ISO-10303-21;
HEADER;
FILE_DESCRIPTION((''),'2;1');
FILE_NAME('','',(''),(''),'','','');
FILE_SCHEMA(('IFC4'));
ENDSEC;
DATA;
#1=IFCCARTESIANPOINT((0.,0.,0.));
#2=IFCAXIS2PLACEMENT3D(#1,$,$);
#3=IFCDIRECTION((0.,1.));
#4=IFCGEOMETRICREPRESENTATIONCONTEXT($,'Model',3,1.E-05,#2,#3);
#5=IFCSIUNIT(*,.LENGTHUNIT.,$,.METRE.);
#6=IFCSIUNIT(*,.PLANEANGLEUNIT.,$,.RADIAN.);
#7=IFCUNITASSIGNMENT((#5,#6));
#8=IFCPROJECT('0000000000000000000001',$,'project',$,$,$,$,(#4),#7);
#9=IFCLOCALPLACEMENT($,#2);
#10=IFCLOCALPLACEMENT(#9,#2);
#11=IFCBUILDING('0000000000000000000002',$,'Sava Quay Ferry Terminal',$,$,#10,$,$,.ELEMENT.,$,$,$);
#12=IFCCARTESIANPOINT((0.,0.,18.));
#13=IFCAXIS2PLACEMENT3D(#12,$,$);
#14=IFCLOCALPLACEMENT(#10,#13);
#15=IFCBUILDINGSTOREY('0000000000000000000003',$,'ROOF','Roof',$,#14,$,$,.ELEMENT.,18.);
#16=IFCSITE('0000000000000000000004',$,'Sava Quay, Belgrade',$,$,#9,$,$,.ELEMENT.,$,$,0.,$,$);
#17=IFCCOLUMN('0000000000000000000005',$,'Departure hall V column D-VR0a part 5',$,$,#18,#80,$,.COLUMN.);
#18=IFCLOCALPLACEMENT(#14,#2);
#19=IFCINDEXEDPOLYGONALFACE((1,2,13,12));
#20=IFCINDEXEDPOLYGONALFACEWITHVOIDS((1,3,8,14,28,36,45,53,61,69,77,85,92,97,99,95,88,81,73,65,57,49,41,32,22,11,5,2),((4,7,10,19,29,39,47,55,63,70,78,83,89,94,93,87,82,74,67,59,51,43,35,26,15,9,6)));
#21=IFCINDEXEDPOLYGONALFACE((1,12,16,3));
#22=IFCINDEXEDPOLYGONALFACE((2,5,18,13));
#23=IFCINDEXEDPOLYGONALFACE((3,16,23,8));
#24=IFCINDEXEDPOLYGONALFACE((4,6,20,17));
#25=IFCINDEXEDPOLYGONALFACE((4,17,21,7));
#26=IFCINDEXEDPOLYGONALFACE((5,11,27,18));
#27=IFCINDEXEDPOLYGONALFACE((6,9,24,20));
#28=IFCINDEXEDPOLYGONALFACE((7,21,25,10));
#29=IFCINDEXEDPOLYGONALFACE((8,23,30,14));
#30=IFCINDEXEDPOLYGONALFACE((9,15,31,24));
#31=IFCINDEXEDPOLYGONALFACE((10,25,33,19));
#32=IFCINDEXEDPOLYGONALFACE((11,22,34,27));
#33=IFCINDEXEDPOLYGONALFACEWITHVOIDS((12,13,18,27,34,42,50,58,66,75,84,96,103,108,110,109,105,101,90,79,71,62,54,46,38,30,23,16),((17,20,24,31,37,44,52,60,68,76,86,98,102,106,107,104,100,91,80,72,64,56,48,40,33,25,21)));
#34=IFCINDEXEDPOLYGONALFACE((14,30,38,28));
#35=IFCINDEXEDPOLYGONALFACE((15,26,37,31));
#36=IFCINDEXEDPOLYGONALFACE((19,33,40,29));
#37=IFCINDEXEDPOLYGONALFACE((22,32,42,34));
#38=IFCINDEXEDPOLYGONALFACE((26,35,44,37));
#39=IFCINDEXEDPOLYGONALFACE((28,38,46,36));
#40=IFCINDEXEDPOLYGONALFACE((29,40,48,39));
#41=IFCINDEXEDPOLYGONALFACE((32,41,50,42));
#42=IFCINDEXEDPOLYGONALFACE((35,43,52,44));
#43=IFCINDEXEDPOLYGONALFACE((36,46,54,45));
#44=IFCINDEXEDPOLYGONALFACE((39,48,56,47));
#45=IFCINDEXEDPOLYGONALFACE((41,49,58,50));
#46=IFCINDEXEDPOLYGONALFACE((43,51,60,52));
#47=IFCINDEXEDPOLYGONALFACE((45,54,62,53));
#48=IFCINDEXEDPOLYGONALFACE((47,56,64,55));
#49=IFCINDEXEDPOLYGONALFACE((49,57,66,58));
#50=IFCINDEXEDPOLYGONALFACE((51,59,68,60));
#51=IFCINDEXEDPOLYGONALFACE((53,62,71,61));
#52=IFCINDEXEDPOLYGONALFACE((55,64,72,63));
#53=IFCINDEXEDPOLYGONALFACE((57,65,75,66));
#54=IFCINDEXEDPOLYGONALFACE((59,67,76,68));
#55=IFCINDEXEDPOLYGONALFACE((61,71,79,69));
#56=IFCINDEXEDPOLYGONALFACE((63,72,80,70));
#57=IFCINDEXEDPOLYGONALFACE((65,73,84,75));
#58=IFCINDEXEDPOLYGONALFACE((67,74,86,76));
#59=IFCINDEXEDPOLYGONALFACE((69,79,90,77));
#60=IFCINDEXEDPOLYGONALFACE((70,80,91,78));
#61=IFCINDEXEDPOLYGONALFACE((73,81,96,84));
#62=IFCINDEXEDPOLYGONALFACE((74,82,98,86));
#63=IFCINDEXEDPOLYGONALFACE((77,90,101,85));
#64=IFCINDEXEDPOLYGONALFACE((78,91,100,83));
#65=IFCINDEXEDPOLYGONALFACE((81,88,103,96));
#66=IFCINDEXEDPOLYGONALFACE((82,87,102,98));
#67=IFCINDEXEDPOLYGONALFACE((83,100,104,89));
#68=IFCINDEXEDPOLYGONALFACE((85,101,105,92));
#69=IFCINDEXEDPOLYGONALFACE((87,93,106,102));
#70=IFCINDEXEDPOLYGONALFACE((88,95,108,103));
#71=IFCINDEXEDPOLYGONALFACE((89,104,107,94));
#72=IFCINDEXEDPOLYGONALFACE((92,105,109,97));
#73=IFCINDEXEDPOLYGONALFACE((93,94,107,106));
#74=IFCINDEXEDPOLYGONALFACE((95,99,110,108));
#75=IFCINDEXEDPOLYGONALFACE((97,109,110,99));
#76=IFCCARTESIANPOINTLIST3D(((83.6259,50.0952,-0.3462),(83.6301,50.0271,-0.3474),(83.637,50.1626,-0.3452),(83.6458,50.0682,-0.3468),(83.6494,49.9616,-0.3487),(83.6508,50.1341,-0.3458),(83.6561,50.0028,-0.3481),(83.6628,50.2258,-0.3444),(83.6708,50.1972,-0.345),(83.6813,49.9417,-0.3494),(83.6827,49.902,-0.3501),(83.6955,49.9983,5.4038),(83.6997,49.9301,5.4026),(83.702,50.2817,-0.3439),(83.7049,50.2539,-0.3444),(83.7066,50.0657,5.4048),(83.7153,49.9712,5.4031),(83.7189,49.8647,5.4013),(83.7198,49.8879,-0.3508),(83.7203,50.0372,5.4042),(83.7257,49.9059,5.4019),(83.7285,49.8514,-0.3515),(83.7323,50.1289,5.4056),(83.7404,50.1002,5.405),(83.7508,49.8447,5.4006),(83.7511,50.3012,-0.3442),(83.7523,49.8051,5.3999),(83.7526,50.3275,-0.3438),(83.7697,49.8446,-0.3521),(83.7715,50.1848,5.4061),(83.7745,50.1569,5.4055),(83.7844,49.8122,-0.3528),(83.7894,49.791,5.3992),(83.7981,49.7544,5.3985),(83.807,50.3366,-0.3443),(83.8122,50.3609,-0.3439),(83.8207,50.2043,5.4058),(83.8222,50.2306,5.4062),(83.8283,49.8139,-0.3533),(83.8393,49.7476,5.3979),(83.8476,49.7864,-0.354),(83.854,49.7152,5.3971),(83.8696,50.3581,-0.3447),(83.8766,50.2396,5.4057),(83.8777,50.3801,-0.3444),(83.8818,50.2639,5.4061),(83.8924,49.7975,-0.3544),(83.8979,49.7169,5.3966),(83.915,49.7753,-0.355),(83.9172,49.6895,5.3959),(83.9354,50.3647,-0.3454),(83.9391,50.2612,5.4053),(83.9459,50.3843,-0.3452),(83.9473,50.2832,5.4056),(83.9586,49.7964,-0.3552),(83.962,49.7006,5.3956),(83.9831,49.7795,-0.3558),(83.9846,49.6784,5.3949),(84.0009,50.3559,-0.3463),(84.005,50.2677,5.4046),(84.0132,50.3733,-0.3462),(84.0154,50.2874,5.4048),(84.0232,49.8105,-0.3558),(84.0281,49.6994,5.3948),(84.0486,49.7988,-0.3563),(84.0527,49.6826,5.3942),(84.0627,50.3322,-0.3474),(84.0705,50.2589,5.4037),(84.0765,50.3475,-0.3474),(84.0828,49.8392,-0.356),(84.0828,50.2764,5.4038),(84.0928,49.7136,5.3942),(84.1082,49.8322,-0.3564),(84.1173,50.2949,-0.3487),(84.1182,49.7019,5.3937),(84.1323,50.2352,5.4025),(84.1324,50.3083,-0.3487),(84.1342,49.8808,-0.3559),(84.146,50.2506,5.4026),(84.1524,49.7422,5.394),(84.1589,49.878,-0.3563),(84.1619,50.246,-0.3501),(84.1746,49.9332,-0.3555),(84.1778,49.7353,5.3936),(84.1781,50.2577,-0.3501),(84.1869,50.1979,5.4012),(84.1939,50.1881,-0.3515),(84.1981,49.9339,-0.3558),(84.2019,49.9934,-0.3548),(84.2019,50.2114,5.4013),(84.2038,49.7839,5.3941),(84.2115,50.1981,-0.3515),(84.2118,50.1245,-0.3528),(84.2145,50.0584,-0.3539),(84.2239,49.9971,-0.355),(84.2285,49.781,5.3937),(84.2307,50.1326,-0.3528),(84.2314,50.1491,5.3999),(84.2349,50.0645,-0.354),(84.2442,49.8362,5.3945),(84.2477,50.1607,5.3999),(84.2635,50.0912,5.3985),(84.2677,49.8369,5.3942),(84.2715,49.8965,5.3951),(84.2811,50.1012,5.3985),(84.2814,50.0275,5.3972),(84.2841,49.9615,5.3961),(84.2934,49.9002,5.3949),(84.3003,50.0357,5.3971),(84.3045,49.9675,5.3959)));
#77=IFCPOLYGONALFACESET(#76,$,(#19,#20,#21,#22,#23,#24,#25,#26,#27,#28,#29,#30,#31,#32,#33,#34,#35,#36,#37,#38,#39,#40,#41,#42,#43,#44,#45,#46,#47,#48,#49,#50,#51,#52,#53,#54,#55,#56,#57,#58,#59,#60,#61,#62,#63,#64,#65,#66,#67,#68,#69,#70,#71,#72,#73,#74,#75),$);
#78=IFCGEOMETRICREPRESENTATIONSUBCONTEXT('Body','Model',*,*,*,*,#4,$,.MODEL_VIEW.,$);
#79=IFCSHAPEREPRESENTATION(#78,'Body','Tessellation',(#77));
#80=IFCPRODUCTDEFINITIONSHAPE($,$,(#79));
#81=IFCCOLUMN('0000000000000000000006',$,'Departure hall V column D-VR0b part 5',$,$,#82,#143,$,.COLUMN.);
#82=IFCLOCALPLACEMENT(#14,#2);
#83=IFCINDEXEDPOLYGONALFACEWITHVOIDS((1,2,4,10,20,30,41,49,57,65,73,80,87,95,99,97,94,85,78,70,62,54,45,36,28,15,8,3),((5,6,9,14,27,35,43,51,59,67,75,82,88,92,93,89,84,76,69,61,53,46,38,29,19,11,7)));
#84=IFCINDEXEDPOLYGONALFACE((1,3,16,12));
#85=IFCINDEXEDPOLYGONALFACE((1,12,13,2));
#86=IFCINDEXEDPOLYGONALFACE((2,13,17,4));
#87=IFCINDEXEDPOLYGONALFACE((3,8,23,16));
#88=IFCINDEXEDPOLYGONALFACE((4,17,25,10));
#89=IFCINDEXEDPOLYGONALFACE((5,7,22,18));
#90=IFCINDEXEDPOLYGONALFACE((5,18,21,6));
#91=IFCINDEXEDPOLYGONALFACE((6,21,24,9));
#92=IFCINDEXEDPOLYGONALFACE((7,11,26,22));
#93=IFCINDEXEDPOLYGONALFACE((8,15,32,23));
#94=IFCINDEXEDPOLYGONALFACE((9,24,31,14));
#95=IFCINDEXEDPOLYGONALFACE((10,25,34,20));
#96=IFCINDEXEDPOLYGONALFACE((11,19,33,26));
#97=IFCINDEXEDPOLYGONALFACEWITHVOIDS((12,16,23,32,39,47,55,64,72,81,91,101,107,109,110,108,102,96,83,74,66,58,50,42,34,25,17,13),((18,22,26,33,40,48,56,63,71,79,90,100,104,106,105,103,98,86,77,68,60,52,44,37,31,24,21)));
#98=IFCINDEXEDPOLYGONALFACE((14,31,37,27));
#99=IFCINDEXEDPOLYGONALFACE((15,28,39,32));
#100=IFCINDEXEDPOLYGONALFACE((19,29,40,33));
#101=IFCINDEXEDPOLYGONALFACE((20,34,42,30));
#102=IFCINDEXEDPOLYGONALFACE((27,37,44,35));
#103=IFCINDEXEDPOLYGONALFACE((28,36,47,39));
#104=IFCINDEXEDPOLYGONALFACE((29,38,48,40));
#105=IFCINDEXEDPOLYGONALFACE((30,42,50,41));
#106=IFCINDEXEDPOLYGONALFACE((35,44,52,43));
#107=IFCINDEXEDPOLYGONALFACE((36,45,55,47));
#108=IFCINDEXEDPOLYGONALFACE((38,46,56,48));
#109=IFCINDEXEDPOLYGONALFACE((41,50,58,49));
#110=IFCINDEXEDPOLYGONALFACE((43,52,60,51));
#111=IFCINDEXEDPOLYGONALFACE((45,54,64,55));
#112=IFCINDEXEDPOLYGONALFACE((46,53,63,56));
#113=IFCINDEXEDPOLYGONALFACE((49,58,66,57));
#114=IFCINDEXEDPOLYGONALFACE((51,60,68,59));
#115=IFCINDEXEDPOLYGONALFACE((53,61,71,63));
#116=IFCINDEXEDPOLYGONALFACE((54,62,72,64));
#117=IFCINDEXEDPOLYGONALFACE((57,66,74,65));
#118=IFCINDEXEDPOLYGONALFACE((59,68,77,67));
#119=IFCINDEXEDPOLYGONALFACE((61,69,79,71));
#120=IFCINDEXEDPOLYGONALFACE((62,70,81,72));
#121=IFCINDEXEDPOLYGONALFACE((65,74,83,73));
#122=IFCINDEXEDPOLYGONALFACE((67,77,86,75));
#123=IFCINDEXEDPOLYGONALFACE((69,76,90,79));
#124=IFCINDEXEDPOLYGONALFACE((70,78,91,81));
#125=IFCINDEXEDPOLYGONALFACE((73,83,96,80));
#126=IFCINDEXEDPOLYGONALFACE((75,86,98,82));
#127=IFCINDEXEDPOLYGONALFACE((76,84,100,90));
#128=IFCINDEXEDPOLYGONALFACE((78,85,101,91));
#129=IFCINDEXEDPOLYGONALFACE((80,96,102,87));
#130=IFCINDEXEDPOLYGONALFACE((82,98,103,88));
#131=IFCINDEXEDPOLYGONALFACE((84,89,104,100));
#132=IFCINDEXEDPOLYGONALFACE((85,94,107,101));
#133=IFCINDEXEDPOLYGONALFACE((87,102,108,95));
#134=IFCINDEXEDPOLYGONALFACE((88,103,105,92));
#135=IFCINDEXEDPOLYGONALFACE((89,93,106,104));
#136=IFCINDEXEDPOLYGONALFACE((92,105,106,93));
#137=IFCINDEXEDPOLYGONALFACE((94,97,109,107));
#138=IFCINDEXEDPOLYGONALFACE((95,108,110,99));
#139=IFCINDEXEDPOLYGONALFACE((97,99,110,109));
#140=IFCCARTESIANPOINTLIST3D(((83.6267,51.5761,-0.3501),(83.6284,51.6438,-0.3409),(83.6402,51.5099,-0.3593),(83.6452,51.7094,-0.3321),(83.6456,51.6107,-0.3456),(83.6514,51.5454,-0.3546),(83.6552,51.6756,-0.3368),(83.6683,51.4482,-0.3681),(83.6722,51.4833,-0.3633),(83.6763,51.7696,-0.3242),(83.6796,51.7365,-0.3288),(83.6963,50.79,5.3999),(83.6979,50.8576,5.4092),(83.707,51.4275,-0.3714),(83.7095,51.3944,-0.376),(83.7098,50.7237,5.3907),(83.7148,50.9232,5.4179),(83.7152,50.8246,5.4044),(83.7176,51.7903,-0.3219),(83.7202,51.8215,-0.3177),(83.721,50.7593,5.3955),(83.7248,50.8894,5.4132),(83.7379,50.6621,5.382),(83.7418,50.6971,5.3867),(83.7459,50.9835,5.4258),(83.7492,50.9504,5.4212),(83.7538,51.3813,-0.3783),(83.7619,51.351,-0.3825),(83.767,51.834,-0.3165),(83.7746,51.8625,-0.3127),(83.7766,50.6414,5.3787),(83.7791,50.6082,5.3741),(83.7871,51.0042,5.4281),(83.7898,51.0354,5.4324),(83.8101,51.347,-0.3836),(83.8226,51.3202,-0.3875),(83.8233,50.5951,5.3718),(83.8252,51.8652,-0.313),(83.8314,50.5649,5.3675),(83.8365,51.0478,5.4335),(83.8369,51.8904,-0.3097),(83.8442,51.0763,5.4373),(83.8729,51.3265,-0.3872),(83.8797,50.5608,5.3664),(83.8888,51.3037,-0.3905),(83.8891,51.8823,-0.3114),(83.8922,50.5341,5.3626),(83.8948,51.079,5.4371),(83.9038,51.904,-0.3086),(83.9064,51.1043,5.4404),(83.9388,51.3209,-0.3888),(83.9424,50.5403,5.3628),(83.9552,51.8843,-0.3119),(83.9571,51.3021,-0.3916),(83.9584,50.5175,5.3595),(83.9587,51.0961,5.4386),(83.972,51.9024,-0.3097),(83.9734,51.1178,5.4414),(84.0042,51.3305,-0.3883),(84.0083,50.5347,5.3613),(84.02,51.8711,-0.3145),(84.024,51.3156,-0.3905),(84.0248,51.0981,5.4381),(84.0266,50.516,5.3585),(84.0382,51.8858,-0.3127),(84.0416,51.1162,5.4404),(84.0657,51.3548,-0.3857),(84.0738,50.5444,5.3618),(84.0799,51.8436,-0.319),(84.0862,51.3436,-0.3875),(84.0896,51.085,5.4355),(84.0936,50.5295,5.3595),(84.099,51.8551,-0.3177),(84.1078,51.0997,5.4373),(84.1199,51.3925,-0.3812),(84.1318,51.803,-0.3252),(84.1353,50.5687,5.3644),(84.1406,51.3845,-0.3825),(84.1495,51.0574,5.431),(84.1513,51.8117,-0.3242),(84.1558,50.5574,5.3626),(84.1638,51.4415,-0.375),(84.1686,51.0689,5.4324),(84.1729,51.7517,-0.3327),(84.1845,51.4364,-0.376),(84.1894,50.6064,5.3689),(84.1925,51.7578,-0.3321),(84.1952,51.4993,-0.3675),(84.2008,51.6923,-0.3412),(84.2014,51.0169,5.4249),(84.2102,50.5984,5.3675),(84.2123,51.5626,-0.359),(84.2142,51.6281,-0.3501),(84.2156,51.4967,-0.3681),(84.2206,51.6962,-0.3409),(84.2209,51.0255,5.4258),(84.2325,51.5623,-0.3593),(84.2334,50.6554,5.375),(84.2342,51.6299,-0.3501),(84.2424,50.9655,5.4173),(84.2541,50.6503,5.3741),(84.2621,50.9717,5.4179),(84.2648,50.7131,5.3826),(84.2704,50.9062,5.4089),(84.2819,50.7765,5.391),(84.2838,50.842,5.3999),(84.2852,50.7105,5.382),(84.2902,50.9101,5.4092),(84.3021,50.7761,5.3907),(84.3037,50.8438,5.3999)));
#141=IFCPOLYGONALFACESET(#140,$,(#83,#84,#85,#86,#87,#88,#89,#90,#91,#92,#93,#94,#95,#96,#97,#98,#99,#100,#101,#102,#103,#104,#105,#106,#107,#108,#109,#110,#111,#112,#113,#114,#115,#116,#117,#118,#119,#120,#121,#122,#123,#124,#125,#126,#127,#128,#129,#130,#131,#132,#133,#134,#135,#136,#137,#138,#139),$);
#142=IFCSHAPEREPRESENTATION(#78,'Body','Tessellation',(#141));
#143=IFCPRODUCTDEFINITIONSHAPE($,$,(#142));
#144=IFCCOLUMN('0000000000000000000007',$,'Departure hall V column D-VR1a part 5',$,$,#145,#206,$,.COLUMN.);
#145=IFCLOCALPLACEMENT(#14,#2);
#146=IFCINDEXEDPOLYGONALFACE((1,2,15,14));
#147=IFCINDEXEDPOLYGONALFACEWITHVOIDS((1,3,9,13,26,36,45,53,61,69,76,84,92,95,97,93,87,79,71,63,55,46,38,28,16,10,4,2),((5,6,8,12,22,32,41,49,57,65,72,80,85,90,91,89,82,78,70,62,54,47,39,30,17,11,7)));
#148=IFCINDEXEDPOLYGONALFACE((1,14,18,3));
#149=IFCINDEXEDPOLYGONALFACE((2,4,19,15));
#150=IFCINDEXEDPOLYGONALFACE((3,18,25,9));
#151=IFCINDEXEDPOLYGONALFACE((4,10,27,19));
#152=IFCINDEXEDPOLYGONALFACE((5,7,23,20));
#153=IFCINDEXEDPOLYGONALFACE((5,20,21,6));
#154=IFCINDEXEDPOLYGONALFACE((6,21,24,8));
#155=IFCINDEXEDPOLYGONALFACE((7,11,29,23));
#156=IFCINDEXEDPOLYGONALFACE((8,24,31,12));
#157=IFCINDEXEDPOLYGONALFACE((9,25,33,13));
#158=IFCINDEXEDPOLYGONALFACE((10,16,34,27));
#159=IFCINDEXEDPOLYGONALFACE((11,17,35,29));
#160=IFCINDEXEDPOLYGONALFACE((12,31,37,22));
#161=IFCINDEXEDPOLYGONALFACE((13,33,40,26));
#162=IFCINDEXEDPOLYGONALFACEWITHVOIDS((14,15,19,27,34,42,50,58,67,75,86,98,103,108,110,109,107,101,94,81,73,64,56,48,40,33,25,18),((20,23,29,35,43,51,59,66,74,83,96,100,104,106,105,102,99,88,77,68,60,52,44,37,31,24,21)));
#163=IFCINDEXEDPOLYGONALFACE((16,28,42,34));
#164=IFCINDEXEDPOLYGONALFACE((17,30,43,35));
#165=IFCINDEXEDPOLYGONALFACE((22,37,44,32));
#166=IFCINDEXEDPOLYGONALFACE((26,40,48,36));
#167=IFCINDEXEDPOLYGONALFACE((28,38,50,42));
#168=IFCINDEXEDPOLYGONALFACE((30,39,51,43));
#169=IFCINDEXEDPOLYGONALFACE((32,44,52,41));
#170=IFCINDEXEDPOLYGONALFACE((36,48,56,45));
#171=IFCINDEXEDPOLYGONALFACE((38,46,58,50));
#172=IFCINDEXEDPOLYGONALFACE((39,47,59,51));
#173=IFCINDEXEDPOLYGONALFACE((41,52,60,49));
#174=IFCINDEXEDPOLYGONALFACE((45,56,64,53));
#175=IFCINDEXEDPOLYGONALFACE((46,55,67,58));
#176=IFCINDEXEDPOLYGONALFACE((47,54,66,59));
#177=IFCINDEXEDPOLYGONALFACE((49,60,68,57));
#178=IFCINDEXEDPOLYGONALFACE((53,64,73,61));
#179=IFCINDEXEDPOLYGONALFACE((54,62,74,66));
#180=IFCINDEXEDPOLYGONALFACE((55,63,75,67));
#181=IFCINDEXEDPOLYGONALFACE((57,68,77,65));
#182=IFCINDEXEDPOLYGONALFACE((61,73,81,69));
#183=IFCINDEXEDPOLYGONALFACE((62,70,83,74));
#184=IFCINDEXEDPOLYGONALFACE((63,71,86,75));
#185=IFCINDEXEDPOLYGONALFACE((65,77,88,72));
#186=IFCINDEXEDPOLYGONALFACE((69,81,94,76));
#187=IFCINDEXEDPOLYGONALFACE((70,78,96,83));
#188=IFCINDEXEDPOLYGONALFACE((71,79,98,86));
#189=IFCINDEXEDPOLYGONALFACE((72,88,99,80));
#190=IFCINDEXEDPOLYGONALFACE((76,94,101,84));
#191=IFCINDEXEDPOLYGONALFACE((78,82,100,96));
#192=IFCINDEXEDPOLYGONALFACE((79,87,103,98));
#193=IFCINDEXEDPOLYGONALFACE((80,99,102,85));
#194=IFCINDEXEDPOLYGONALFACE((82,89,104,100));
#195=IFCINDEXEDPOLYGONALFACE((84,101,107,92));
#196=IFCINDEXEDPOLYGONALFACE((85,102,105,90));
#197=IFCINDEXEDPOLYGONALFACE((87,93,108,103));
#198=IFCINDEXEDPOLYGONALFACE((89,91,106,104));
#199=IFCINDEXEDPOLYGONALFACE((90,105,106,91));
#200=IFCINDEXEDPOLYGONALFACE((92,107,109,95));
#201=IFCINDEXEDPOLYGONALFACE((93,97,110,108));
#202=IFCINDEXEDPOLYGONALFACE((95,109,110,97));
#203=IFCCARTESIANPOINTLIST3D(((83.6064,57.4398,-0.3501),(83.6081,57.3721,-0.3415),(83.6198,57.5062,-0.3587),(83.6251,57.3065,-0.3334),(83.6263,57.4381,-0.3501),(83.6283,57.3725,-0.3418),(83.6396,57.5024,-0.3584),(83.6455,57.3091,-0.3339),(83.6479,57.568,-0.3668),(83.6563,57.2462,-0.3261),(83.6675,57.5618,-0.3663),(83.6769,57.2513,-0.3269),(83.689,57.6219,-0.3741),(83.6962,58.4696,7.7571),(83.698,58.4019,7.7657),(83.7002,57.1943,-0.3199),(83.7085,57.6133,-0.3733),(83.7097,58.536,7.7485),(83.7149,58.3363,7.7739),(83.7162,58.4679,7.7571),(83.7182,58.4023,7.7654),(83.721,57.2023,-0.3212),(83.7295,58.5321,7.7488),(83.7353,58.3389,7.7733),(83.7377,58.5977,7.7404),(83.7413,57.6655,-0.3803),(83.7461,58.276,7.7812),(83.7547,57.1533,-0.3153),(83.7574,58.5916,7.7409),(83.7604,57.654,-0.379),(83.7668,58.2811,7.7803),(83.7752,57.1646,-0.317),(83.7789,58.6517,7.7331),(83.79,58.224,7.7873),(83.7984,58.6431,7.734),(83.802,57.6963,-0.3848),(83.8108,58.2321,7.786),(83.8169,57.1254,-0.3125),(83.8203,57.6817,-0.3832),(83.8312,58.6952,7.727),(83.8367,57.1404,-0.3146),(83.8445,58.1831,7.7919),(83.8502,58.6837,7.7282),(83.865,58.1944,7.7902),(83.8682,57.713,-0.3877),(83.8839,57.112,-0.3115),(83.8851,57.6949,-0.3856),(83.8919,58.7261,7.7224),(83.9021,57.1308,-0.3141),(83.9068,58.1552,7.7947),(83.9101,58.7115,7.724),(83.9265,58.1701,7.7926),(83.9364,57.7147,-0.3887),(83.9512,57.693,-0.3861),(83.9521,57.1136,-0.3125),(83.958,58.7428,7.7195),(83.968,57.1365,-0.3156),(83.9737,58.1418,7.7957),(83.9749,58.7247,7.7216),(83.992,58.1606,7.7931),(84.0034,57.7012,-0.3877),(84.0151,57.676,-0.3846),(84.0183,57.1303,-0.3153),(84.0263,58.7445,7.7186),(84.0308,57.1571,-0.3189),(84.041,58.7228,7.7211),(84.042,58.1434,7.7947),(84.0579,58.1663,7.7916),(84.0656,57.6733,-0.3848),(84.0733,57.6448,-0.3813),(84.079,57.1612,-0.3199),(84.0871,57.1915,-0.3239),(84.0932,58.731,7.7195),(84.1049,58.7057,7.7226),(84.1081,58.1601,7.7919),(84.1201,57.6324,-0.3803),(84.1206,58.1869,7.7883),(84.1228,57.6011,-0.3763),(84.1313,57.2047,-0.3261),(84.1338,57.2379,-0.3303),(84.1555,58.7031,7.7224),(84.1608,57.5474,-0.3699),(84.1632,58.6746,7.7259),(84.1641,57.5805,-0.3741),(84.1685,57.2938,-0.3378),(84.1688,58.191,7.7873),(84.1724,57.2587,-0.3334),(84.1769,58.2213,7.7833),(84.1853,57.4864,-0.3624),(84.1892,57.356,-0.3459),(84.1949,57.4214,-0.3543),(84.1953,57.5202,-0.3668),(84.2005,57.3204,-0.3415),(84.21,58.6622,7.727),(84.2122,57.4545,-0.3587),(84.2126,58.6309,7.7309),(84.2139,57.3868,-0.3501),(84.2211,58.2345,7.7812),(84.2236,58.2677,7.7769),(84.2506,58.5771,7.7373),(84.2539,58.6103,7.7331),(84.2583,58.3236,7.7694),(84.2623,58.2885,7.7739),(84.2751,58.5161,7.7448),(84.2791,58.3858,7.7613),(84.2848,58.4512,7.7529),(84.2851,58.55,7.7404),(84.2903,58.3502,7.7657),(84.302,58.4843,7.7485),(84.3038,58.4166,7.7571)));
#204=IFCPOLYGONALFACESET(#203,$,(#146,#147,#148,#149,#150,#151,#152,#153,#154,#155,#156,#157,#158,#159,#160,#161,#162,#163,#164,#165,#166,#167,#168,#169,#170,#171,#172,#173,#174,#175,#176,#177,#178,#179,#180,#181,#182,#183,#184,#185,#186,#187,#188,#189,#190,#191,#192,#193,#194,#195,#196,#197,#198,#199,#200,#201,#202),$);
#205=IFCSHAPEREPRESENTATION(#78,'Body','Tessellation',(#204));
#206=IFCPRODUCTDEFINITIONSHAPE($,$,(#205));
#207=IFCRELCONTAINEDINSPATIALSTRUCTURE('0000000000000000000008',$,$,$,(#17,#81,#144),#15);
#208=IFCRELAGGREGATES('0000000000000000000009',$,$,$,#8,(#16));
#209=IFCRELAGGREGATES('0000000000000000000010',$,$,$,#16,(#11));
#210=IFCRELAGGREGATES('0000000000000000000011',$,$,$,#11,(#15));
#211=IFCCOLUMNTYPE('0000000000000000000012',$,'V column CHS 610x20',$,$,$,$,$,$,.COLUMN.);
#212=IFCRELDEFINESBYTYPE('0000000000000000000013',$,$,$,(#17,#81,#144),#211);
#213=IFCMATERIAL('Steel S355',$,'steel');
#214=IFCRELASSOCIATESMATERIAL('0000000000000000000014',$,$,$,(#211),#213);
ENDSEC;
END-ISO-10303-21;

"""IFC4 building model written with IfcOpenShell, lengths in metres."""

from ifc_helpers import new_model, si_unit, direction, frame, origin, origin_2d, place, context, subcontext, project, spatial, hollow_circle, extrude, material, material_profile, profile_set, type_object, element, save


model = new_model("IFC4")

# Units and contexts
model_context = context("Model", 3, precision=1e-05, world=origin(), true_north=direction((0.0, 1.0)))
body_context = subcontext(model_context, "Body", "Model", "MODEL_VIEW")
ifc_project = project(units=[si_unit("LENGTHUNIT", "METRE"), si_unit("PLANEANGLEUNIT", "RADIAN")], contexts=[model_context])

# Site, building, storey
site_placement = place(None, origin())
site = spatial("IfcSite", under=ifc_project, at=site_placement, Name="Sava Quay, Belgrade", CompositionType="ELEMENT", RefElevation=0.0)
building_placement = place(site_placement, origin())
building = spatial("IfcBuilding", under=site, at=building_placement, Name="Sava Quay Ferry Terminal", CompositionType="ELEMENT")
storey_placement = place(building_placement, frame((0.0, 0.0, 18.0)))
storey = spatial("IfcBuildingStorey", under=building, at=storey_placement, Name="ROOF", Description="Roof", CompositionType="ELEMENT", Elevation=18.0)

# Columns
ifc_material_1 = material(Name="Steel S355", Category="steel")
ifc_material_profile = material_profile(ifc_material_1, hollow_circle(Radius=0.3049, WallThickness=0.02, at=origin_2d()), Name="CHS 610 x 20.0")
ifc_profile_set = profile_set([ifc_material_profile], Name="Steel S355")
column_type = type_object("IfcColumnType", Name="V column CHS 610x20", PredefinedType="COLUMN", material=ifc_profile_set)
column_1_placement = place(storey_placement, frame((83.9304, 50.0798, -0.3501), z_axis=(0.012098, -0.016853, 0.999785), x_axis=(0.812349, 0.583172, 0.0)))
element("IfcColumn", 1, at=column_1_placement, inside=storey, type_object=column_type, Name="Departure hall V column D-VR0a part 5", PredefinedType="COLUMN", context=body_context, shape_type="SweptSolid", body=[
    extrude(hollow_circle(Radius=0.3049, WallThickness=0.02, at=origin_2d()), origin(), (0.0, 0.0, 1.0), 5.7512),
])
column_2_placement = place(storey_placement, frame((83.9304, 51.603, -0.3501), z_axis=(0.011988, -0.135449, 0.990712), x_axis=(0.996106, 0.088165, 0.0)))
element("IfcColumn", 2, at=column_2_placement, inside=storey, type_object=column_type, Name="Departure hall V column D-VR0b part 5", PredefinedType="COLUMN", context=body_context, shape_type="SweptSolid", body=[
    extrude(hollow_circle(Radius=0.3049, WallThickness=0.02, at=origin_2d()), origin(), (0.0, 0.0, 1.0), 5.804),
])
for number, where, z_axis, x_axis, name in (
    (3, (83.9102, 57.4133, -0.3501), (0.010993, 0.126001, 0.991969), (-0.996216, 0.086915, 0.0), "Departure hall V column D-VR1a part 5"),
):
    element("IfcColumn", number, at=place(storey_placement, frame(where, z_axis=z_axis, x_axis=x_axis)), inside=storey, type_object=column_type, Name=name, PredefinedType="COLUMN", context=body_context, shape_type="SweptSolid", body=[
        extrude(hollow_circle(Radius=0.3049, WallThickness=0.02, at=origin_2d()), origin(), (0.0, 0.0, 1.0), 8.1729),
    ])

save(model, "model.ifc")
